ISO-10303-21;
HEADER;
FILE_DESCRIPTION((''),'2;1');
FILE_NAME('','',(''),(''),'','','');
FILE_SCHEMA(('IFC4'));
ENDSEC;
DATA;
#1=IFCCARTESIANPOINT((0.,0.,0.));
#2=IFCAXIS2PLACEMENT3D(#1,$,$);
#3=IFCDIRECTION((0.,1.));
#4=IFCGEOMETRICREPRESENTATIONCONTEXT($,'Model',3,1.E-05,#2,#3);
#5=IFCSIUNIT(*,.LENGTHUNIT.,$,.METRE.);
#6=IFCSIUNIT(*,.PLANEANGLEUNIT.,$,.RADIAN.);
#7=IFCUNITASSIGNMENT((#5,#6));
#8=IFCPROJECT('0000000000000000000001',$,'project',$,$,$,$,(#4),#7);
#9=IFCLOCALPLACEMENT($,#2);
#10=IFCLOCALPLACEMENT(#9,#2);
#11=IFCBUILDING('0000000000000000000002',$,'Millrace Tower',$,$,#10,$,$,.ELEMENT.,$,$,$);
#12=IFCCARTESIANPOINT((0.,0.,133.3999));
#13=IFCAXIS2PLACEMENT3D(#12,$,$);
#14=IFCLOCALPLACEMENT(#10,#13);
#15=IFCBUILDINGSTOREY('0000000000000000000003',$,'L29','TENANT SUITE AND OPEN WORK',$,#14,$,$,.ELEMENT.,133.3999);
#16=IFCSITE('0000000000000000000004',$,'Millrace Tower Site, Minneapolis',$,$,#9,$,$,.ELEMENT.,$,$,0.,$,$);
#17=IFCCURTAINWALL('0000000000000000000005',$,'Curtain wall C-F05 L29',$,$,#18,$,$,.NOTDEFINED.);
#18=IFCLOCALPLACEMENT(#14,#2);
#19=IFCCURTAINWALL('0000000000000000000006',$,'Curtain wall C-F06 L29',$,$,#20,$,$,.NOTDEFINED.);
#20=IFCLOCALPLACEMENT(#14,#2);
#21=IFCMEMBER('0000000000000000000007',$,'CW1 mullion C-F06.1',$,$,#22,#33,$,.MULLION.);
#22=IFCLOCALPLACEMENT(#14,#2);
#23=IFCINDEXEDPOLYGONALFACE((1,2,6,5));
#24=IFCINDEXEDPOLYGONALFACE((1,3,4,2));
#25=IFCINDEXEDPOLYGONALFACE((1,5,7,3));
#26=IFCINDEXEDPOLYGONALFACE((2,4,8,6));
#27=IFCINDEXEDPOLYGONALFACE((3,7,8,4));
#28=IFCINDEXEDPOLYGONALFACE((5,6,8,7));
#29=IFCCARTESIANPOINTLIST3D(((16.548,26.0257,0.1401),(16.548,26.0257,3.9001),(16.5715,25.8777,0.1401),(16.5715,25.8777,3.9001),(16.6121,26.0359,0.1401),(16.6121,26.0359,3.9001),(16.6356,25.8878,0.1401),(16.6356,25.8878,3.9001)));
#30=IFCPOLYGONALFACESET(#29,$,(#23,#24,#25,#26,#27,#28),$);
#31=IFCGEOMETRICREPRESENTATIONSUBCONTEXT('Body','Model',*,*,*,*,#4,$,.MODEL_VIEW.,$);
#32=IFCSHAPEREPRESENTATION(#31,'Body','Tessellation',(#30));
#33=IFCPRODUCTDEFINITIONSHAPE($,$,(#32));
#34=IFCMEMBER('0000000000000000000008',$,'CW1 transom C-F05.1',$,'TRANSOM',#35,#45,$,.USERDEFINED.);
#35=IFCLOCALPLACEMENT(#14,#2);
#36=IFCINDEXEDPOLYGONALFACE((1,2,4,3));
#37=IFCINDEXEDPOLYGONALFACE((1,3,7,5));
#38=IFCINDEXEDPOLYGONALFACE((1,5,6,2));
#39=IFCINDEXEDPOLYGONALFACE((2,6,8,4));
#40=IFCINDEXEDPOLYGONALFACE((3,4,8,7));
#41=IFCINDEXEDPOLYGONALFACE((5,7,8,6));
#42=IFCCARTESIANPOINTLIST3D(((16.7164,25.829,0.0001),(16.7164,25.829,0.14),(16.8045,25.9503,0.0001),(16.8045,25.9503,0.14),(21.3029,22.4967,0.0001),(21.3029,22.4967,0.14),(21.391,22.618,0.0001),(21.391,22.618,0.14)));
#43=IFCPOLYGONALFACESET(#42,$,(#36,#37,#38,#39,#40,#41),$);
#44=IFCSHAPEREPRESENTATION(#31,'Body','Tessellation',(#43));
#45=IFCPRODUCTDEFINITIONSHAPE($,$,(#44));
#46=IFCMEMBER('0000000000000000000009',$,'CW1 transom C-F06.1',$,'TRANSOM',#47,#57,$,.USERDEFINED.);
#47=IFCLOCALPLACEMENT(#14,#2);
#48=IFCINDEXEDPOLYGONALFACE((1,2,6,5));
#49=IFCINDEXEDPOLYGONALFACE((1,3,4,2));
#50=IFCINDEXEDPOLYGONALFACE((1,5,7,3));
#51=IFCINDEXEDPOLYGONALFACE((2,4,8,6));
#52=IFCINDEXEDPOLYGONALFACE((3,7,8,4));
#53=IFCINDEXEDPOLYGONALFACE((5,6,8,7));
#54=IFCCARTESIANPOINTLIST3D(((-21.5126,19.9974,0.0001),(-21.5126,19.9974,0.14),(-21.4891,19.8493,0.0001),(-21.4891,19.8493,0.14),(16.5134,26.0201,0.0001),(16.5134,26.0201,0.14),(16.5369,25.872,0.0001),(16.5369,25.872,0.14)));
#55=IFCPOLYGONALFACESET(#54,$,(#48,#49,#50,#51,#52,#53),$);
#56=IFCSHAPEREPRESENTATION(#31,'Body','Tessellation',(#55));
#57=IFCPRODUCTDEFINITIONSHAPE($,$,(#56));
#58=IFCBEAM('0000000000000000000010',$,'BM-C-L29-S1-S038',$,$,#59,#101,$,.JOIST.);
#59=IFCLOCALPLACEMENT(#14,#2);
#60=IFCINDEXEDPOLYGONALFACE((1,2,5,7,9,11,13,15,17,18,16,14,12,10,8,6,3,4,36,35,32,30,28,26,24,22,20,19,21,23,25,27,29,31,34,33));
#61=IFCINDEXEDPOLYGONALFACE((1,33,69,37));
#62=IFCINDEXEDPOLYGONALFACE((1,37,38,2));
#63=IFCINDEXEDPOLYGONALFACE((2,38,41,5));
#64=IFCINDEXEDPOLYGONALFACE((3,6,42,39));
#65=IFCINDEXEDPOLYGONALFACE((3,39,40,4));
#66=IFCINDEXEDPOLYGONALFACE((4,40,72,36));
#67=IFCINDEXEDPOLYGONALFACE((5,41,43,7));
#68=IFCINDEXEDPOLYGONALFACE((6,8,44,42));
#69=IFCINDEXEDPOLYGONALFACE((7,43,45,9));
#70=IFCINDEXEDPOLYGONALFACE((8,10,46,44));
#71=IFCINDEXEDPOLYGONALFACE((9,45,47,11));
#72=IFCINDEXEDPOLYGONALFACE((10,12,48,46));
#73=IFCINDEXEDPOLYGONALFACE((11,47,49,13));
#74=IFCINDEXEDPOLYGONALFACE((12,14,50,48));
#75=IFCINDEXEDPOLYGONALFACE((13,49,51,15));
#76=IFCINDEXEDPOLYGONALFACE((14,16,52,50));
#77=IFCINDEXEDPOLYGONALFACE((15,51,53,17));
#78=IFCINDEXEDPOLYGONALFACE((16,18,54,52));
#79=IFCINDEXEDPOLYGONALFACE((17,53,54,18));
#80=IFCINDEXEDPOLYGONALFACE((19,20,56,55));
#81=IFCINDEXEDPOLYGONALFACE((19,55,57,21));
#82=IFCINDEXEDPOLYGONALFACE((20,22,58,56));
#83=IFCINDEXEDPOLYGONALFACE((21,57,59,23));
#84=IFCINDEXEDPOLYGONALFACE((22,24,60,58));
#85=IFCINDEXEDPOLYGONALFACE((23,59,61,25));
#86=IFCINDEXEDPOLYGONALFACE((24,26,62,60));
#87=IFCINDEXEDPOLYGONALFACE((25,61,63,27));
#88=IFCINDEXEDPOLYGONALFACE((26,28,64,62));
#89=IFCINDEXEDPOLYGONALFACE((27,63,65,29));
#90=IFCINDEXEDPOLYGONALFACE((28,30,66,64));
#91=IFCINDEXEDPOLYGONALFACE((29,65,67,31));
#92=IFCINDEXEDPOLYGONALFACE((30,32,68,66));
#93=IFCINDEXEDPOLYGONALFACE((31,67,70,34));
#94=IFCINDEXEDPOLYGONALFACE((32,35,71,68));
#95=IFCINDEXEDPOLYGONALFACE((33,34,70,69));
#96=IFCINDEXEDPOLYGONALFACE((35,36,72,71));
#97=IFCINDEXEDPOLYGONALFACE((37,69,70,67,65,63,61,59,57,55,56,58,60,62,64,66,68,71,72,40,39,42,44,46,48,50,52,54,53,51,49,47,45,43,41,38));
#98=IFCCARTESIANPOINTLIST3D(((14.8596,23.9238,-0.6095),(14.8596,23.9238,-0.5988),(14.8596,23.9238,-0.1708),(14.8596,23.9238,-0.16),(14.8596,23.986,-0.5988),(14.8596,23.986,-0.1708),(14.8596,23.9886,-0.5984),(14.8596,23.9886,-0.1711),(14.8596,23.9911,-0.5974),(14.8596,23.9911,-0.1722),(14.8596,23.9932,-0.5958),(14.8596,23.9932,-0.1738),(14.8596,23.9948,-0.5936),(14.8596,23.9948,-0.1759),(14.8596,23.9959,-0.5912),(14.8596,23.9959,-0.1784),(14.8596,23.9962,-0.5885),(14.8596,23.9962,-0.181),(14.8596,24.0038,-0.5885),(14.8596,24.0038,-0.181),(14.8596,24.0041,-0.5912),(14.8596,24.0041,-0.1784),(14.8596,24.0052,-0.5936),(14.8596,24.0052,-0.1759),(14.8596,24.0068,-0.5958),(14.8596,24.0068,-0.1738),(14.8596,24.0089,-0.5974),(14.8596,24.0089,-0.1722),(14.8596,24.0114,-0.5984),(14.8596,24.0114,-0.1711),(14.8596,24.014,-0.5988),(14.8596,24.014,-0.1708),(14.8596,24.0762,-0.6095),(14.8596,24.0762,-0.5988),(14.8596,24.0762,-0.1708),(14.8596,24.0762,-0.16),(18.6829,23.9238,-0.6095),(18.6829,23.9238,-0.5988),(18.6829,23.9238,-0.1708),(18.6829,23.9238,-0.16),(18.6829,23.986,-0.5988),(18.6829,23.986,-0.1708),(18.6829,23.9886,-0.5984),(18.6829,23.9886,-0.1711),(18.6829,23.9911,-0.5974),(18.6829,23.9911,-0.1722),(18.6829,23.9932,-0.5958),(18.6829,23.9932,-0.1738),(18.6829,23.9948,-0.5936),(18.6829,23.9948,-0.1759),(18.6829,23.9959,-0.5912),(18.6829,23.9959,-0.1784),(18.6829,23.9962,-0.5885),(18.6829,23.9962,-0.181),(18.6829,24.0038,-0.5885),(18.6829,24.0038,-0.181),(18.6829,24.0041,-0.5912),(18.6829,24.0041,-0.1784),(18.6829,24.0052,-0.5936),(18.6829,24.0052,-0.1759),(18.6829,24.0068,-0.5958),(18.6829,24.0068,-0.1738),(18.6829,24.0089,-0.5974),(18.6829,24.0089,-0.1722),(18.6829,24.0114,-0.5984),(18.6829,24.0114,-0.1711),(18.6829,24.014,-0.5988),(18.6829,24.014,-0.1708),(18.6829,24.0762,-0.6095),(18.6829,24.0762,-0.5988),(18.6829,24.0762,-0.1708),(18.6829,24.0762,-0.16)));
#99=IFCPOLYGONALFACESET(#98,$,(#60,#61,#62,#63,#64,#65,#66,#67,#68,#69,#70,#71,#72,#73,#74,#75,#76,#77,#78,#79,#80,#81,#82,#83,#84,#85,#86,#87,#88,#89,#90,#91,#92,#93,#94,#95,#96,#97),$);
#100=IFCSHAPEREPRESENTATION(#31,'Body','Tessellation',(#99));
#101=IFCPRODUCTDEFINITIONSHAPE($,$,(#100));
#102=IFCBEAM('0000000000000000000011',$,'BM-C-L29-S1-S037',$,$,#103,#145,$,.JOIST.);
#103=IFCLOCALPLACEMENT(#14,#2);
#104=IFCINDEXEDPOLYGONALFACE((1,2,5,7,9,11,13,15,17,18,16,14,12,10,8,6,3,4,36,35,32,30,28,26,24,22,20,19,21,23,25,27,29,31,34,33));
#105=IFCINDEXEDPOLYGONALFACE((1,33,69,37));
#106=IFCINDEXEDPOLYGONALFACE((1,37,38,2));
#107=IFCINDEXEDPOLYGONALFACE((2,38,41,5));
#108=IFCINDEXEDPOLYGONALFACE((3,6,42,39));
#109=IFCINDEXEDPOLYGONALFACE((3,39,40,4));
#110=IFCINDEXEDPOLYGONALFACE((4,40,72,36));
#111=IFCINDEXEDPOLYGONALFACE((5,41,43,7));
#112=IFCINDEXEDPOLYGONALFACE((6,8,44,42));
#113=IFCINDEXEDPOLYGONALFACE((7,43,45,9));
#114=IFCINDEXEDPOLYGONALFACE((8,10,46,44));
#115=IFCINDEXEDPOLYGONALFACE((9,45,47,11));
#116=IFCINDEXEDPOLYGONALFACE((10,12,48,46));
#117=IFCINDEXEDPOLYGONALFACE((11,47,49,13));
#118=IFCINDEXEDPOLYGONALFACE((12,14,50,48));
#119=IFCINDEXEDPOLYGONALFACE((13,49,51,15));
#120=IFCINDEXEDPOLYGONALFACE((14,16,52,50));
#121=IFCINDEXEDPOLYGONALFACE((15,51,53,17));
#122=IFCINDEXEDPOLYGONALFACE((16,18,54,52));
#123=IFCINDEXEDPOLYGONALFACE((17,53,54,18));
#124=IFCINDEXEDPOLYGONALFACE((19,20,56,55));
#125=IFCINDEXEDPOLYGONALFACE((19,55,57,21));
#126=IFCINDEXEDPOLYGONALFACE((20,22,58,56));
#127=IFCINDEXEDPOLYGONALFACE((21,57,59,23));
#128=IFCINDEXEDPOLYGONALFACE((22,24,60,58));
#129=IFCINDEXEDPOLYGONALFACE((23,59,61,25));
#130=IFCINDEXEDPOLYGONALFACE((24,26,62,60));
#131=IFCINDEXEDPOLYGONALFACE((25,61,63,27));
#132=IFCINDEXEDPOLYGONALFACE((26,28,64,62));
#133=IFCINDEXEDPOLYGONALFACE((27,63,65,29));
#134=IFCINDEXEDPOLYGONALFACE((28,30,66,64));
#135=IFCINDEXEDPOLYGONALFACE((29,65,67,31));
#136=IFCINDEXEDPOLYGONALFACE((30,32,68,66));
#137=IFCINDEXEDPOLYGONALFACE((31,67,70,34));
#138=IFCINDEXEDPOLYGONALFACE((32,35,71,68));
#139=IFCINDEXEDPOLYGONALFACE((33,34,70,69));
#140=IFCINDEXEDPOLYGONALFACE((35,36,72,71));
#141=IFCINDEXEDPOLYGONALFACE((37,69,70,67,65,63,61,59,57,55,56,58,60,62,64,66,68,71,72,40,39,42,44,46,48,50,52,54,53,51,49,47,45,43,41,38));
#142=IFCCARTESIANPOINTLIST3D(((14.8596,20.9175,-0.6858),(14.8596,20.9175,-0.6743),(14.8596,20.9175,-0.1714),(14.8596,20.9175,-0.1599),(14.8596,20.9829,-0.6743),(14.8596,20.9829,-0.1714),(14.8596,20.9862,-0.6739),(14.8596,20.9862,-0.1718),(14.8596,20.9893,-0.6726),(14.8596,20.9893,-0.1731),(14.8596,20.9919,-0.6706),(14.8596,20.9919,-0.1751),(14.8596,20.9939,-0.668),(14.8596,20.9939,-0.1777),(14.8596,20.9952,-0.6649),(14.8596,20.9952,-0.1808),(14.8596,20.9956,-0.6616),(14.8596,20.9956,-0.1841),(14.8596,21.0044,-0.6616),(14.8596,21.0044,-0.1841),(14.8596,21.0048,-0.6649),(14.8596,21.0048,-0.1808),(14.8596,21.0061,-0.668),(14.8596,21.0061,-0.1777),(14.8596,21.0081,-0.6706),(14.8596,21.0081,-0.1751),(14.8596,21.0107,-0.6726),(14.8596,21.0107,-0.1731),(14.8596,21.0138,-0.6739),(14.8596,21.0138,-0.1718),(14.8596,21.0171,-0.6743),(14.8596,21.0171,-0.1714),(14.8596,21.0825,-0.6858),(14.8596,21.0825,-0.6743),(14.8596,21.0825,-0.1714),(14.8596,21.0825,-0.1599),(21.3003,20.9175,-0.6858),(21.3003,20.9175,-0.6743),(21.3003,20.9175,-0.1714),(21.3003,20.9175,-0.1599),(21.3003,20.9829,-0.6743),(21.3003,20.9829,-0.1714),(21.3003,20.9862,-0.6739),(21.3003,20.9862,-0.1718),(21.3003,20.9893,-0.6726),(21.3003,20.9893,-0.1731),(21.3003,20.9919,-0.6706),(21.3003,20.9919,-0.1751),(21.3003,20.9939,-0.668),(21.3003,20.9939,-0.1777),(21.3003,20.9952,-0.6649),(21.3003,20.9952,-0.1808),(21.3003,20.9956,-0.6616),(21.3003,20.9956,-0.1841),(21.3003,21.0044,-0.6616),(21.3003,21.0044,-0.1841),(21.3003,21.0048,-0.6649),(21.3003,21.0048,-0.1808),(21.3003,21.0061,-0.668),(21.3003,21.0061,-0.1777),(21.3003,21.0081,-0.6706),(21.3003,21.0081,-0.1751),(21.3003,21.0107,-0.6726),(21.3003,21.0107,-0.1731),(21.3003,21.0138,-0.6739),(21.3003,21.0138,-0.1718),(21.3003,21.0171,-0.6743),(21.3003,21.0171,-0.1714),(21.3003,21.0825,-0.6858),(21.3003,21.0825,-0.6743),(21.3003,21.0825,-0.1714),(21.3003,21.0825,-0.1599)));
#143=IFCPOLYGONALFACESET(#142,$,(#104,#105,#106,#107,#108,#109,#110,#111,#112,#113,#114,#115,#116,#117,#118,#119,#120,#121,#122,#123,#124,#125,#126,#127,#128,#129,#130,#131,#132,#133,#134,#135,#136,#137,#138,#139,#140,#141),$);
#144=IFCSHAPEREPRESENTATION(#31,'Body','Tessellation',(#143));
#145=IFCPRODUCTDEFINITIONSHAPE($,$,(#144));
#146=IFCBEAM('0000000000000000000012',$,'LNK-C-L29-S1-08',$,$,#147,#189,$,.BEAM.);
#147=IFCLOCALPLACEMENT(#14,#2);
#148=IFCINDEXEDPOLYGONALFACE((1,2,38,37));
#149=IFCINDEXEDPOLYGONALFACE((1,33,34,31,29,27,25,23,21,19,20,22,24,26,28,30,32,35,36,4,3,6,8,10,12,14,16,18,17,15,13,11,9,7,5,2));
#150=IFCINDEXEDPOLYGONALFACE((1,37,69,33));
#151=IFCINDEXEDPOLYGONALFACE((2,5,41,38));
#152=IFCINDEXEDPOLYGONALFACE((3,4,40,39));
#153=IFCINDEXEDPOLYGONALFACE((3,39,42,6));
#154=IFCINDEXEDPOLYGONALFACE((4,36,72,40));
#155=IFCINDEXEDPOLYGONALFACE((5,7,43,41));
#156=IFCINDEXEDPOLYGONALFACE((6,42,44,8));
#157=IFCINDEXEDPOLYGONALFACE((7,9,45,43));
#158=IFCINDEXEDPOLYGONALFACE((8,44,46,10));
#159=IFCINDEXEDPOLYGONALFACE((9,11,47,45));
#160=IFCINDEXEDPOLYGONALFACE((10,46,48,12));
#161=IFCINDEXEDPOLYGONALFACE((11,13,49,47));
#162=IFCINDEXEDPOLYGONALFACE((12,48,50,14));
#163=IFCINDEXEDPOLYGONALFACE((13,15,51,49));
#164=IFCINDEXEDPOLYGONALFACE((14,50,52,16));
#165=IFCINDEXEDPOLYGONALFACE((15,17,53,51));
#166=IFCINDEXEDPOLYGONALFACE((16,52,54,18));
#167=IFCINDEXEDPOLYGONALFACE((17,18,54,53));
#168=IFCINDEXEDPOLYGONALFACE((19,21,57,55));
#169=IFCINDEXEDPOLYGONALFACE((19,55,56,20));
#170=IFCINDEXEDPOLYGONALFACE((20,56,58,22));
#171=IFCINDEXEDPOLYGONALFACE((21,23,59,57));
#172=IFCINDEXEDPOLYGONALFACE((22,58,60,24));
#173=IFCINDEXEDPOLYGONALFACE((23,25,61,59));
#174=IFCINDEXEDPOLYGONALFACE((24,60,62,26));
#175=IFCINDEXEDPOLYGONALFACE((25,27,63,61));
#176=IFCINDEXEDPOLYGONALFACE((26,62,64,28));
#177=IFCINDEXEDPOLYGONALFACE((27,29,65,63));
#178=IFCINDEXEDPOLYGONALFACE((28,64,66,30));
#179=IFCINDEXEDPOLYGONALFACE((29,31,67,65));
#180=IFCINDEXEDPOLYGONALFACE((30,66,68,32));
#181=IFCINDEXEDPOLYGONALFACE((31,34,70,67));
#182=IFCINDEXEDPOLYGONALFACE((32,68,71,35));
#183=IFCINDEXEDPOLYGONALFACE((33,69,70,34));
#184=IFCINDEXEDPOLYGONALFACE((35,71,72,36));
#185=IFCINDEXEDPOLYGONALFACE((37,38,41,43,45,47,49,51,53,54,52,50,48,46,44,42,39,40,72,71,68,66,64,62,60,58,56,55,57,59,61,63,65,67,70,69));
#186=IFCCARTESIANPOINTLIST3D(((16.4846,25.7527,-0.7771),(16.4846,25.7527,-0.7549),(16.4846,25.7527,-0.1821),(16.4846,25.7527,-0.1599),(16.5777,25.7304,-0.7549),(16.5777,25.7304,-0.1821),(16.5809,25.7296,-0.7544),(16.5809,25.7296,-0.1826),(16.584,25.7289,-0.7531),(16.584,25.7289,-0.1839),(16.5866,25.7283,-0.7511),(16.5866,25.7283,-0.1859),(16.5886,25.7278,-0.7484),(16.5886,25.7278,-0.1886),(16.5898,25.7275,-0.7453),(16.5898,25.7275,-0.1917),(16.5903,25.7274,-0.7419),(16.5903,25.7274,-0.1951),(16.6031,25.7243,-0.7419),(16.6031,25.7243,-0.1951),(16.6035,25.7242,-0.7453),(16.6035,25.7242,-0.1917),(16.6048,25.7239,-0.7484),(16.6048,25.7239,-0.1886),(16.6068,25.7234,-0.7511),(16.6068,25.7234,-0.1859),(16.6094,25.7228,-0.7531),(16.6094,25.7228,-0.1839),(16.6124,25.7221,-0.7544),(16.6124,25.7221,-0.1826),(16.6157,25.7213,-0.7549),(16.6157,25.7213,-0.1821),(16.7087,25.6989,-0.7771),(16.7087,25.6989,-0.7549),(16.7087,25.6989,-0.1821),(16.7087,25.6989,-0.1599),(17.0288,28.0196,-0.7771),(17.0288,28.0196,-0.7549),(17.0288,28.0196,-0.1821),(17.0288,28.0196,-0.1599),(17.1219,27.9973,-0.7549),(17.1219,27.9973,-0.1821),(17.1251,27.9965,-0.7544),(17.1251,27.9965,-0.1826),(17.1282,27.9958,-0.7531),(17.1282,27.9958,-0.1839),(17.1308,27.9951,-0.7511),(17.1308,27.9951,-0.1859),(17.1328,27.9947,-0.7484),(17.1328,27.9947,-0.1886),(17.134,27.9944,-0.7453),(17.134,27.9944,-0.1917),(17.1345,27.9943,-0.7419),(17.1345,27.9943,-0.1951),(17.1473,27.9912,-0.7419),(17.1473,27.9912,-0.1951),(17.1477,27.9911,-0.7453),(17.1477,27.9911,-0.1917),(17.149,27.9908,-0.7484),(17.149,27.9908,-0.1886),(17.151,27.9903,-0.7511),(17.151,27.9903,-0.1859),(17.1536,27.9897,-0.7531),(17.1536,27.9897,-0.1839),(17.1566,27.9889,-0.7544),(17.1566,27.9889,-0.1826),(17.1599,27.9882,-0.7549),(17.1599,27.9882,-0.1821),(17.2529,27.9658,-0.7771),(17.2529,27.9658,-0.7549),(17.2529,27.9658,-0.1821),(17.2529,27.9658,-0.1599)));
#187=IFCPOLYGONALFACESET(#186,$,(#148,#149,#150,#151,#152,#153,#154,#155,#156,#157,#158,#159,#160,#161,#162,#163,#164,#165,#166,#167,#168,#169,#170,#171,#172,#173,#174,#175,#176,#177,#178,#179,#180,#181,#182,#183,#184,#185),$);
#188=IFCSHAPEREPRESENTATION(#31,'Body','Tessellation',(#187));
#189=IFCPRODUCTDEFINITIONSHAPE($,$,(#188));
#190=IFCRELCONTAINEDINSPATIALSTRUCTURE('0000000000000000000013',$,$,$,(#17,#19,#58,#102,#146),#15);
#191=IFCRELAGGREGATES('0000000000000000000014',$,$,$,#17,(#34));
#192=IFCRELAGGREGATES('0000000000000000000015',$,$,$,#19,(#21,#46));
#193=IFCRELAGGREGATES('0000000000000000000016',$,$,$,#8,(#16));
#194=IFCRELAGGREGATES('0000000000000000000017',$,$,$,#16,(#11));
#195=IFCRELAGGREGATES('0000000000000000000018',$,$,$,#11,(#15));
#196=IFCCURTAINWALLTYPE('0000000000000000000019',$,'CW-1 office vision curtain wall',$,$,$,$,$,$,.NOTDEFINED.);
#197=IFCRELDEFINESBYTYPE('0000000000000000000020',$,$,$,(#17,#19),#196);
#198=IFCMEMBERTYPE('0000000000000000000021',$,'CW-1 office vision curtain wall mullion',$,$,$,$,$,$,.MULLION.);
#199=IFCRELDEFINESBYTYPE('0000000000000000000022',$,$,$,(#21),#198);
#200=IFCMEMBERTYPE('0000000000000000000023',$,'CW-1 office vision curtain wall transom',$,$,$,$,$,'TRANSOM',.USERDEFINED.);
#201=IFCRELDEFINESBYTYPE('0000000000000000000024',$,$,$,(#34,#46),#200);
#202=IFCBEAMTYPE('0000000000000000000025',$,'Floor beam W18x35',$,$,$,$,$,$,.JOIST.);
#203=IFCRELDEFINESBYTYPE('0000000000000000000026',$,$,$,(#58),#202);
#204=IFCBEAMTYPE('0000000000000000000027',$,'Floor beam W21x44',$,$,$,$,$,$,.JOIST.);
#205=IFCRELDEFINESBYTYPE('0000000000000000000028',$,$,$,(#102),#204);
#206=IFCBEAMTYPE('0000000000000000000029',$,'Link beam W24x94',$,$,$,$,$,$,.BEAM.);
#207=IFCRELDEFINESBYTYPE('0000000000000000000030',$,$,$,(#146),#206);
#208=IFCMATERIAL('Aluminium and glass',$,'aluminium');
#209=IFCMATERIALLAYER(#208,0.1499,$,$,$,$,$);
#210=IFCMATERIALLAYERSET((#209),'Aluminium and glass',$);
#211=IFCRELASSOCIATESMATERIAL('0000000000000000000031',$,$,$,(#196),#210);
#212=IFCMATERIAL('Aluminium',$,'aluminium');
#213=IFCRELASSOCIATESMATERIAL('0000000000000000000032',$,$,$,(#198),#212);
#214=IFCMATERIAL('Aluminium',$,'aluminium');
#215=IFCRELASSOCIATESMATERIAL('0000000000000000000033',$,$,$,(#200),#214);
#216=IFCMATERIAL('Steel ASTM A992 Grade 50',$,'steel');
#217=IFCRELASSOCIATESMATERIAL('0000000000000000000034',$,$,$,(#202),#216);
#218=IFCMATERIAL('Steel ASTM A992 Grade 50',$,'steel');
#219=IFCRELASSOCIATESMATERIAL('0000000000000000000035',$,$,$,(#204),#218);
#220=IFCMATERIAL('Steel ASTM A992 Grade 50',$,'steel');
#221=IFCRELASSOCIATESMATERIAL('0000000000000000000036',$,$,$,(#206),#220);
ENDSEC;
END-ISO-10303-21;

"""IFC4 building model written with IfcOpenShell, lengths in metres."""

from ifc_helpers import new_model, si_unit, direction, frame, origin, origin_2d, place, context, subcontext, project, spatial, rectangle, i_section, extrude, material, layer, layer_set, material_profile, profile_set, type_object, element, aggregate, save


model = new_model("IFC4")

# Units and contexts
model_context = context("Model", 3, precision=1e-05, world=origin(), true_north=direction((0.0, 1.0)))
body_context = subcontext(model_context, "Body", "Model", "MODEL_VIEW")
ifc_project = project(units=[si_unit("LENGTHUNIT", "METRE"), si_unit("PLANEANGLEUNIT", "RADIAN")], contexts=[model_context])

# Site, building, storey
site_placement = place(None, origin())
site = spatial("IfcSite", under=ifc_project, at=site_placement, Name="Millrace Tower Site, Minneapolis", CompositionType="ELEMENT", RefElevation=0.0)
building_placement = place(site_placement, origin())
building = spatial("IfcBuilding", under=site, at=building_placement, Name="Millrace Tower", CompositionType="ELEMENT")
storey_placement = place(building_placement, frame((0.0, 0.0, 133.3999)))
storey = spatial("IfcBuildingStorey", under=building, at=storey_placement, Name="L29", Description="TENANT SUITE AND OPEN WORK", CompositionType="ELEMENT", Elevation=133.3999)

# Shared definitions
ifc_material_1 = material(Name="Aluminium and glass", Category="aluminium")
ifc_layer_1 = layer(ifc_material_1, 0.1499)
ifc_layer_set_1 = layer_set([ifc_layer_1], Name="Aluminium and glass")
curtain_wall_type = type_object("IfcCurtainWallType", Name="CW-1 office vision curtain wall", PredefinedType="NOTDEFINED", material=ifc_layer_set_1)
placement = place(storey_placement, origin())
ifc_material_2 = material(Name="Aluminium", Category="aluminium")
ifc_material_profile_1 = material_profile(ifc_material_2, rectangle(XDim=0.0649, YDim=0.1499, at=origin_2d()))
ifc_profile_set_1 = profile_set([ifc_material_profile_1], Name="Aluminium")
member_type_1 = type_object("IfcMemberType", Name="CW-1 office vision curtain wall mullion", PredefinedType="MULLION", material=ifc_profile_set_1)

# Curtain walls, member
curtain_wall_1 = element("IfcCurtainWall", 1, at=placement, inside=storey, type_object=curtain_wall_type, Name="Curtain wall C-F05 L29", PredefinedType="NOTDEFINED")
curtain_wall_2 = element("IfcCurtainWall", 2, at=placement, inside=storey, type_object=curtain_wall_type, Name="Curtain wall C-F06 L29", PredefinedType="NOTDEFINED")
member_1_placement = place(storey_placement, frame((16.5918, 25.9568, 0.1401), z_axis=(0.0, 0.0, 1.0), x_axis=(-0.987688, -0.156434, 0.0)))
member_1 = element("IfcMember", 3, at=member_1_placement, type_object=member_type_1, Name="CW1 mullion C-F06.1", PredefinedType="MULLION", context=body_context, shape_type="SweptSolid", body=[
    extrude(rectangle(XDim=0.0649, YDim=0.1499, at=origin_2d()), origin(), (0.0, 0.0, 1.0), 3.76),
])

# Members
ifc_material_3 = material(Name="Aluminium", Category="aluminium")
ifc_material_profile_2 = material_profile(ifc_material_3, rectangle(XDim=0.1499, YDim=0.1399, at=origin_2d()))
ifc_profile_set_2 = profile_set([ifc_material_profile_2], Name="Aluminium")
member_type_2 = type_object("IfcMemberType", Name="CW-1 office vision curtain wall transom", ElementType="TRANSOM", PredefinedType="USERDEFINED", material=ifc_profile_set_2)
member_2_placement = place(storey_placement, frame((21.3469, 22.5574, 0.0701), z_axis=(-0.809013, 0.58779, 0.0), x_axis=(-0.58779, -0.809013, 0.0)))
member_2 = element("IfcMember", 4, at=member_2_placement, type_object=member_type_2, Name="CW1 transom C-F05.1", ObjectType="TRANSOM", PredefinedType="USERDEFINED", context=body_context, shape_type="SweptSolid", body=[
    extrude(rectangle(XDim=0.1499, YDim=0.1399, at=origin_2d()), origin(), (0.0, 0.0, 1.0), 5.6692),
])
aggregate(curtain_wall_1, [member_2])
member_3_placement = place(storey_placement, frame((16.5251, 25.946, 0.0701), z_axis=(-0.987689, -0.156433, 0.0), x_axis=(0.156433, -0.987689, 0.0)))
member_3 = element("IfcMember", 5, at=member_3_placement, type_object=member_type_2, Name="CW1 transom C-F06.1", ObjectType="TRANSOM", PredefinedType="USERDEFINED", context=body_context, shape_type="SweptSolid", body=[
    extrude(rectangle(XDim=0.1499, YDim=0.1399, at=origin_2d()), origin(), (0.0, 0.0, 1.0), 38.5),
])
aggregate(curtain_wall_2, [member_1, member_3])

# Beams
ifc_material_4 = material(Name="Steel ASTM A992 Grade 50", Category="steel")
ifc_material_profile_3 = material_profile(ifc_material_4, i_section(OverallWidth=0.1523, OverallDepth=0.4495, WebThickness=0.0076, FlangeThickness=0.0107, FilletRadius=0.0103, at=origin_2d()))
ifc_profile_set_3 = profile_set([ifc_material_profile_3], Name="Steel ASTM A992 Grade 50")
beam_type_1 = type_object("IfcBeamType", Name="Floor beam W18x35", PredefinedType="JOIST", material=ifc_profile_set_3)
beam_1_placement = place(storey_placement, frame((14.8596, 24.0, -0.3848), z_axis=(1.0, 0.0, 0.0), x_axis=(0.0, 1.0, 0.0)))
element("IfcBeam", 6, at=beam_1_placement, inside=storey, type_object=beam_type_1, Name="BM-C-L29-S1-S038", PredefinedType="JOIST", context=body_context, shape_type="SweptSolid", body=[
    extrude(i_section(OverallWidth=0.1523, OverallDepth=0.4495, WebThickness=0.0076, FlangeThickness=0.0107, FilletRadius=0.0103, at=origin_2d()), origin(), (0.0, 0.0, 1.0), 3.8232),
])
ifc_material_5 = material(Name="Steel ASTM A992 Grade 50", Category="steel")
ifc_material_profile_4 = material_profile(ifc_material_5, i_section(OverallWidth=0.165, OverallDepth=0.5259, WebThickness=0.0088, FlangeThickness=0.0115, FilletRadius=0.0127, at=origin_2d()))
ifc_profile_set_4 = profile_set([ifc_material_profile_4], Name="Steel ASTM A992 Grade 50")
beam_type_2 = type_object("IfcBeamType", Name="Floor beam W21x44", PredefinedType="JOIST", material=ifc_profile_set_4)
beam_2_placement = place(storey_placement, frame((14.8596, 21.0, -0.4229), z_axis=(1.0, 0.0, 0.0), x_axis=(0.0, 1.0, 0.0)))
element("IfcBeam", 7, at=beam_2_placement, inside=storey, type_object=beam_type_2, Name="BM-C-L29-S1-S037", PredefinedType="JOIST", context=body_context, shape_type="SweptSolid", body=[
    extrude(i_section(OverallWidth=0.165, OverallDepth=0.5259, WebThickness=0.0088, FlangeThickness=0.0115, FilletRadius=0.0127, at=origin_2d()), origin(), (0.0, 0.0, 1.0), 6.4407),
])
ifc_material_6 = material(Name="Steel ASTM A992 Grade 50", Category="steel")
ifc_material_profile_5 = material_profile(ifc_material_6, i_section(OverallWidth=0.2305, OverallDepth=0.6172, WebThickness=0.0132, FlangeThickness=0.0222, FilletRadius=0.0129, at=origin_2d()))
ifc_profile_set_5 = profile_set([ifc_material_profile_5], Name="Steel ASTM A992 Grade 50")
beam_type_3 = type_object("IfcBeamType", Name="Link beam W24x94", PredefinedType="BEAM", material=ifc_profile_set_5)
beam_3_placement = place(storey_placement, frame((16.5967, 25.7258, -0.4685), z_axis=(0.233432, 0.972373, 0.0), x_axis=(-0.972373, 0.233432, 0.0)))
element("IfcBeam", 8, at=beam_3_placement, inside=storey, type_object=beam_type_3, Name="LNK-C-L29-S1-08", PredefinedType="BEAM", context=body_context, shape_type="SweptSolid", body=[
    extrude(i_section(OverallWidth=0.2305, OverallDepth=0.6172, WebThickness=0.0132, FlangeThickness=0.0222, FilletRadius=0.0129, at=origin_2d()), origin(), (0.0, 0.0, 1.0), 2.3313),
])

save(model, "model.ifc")
